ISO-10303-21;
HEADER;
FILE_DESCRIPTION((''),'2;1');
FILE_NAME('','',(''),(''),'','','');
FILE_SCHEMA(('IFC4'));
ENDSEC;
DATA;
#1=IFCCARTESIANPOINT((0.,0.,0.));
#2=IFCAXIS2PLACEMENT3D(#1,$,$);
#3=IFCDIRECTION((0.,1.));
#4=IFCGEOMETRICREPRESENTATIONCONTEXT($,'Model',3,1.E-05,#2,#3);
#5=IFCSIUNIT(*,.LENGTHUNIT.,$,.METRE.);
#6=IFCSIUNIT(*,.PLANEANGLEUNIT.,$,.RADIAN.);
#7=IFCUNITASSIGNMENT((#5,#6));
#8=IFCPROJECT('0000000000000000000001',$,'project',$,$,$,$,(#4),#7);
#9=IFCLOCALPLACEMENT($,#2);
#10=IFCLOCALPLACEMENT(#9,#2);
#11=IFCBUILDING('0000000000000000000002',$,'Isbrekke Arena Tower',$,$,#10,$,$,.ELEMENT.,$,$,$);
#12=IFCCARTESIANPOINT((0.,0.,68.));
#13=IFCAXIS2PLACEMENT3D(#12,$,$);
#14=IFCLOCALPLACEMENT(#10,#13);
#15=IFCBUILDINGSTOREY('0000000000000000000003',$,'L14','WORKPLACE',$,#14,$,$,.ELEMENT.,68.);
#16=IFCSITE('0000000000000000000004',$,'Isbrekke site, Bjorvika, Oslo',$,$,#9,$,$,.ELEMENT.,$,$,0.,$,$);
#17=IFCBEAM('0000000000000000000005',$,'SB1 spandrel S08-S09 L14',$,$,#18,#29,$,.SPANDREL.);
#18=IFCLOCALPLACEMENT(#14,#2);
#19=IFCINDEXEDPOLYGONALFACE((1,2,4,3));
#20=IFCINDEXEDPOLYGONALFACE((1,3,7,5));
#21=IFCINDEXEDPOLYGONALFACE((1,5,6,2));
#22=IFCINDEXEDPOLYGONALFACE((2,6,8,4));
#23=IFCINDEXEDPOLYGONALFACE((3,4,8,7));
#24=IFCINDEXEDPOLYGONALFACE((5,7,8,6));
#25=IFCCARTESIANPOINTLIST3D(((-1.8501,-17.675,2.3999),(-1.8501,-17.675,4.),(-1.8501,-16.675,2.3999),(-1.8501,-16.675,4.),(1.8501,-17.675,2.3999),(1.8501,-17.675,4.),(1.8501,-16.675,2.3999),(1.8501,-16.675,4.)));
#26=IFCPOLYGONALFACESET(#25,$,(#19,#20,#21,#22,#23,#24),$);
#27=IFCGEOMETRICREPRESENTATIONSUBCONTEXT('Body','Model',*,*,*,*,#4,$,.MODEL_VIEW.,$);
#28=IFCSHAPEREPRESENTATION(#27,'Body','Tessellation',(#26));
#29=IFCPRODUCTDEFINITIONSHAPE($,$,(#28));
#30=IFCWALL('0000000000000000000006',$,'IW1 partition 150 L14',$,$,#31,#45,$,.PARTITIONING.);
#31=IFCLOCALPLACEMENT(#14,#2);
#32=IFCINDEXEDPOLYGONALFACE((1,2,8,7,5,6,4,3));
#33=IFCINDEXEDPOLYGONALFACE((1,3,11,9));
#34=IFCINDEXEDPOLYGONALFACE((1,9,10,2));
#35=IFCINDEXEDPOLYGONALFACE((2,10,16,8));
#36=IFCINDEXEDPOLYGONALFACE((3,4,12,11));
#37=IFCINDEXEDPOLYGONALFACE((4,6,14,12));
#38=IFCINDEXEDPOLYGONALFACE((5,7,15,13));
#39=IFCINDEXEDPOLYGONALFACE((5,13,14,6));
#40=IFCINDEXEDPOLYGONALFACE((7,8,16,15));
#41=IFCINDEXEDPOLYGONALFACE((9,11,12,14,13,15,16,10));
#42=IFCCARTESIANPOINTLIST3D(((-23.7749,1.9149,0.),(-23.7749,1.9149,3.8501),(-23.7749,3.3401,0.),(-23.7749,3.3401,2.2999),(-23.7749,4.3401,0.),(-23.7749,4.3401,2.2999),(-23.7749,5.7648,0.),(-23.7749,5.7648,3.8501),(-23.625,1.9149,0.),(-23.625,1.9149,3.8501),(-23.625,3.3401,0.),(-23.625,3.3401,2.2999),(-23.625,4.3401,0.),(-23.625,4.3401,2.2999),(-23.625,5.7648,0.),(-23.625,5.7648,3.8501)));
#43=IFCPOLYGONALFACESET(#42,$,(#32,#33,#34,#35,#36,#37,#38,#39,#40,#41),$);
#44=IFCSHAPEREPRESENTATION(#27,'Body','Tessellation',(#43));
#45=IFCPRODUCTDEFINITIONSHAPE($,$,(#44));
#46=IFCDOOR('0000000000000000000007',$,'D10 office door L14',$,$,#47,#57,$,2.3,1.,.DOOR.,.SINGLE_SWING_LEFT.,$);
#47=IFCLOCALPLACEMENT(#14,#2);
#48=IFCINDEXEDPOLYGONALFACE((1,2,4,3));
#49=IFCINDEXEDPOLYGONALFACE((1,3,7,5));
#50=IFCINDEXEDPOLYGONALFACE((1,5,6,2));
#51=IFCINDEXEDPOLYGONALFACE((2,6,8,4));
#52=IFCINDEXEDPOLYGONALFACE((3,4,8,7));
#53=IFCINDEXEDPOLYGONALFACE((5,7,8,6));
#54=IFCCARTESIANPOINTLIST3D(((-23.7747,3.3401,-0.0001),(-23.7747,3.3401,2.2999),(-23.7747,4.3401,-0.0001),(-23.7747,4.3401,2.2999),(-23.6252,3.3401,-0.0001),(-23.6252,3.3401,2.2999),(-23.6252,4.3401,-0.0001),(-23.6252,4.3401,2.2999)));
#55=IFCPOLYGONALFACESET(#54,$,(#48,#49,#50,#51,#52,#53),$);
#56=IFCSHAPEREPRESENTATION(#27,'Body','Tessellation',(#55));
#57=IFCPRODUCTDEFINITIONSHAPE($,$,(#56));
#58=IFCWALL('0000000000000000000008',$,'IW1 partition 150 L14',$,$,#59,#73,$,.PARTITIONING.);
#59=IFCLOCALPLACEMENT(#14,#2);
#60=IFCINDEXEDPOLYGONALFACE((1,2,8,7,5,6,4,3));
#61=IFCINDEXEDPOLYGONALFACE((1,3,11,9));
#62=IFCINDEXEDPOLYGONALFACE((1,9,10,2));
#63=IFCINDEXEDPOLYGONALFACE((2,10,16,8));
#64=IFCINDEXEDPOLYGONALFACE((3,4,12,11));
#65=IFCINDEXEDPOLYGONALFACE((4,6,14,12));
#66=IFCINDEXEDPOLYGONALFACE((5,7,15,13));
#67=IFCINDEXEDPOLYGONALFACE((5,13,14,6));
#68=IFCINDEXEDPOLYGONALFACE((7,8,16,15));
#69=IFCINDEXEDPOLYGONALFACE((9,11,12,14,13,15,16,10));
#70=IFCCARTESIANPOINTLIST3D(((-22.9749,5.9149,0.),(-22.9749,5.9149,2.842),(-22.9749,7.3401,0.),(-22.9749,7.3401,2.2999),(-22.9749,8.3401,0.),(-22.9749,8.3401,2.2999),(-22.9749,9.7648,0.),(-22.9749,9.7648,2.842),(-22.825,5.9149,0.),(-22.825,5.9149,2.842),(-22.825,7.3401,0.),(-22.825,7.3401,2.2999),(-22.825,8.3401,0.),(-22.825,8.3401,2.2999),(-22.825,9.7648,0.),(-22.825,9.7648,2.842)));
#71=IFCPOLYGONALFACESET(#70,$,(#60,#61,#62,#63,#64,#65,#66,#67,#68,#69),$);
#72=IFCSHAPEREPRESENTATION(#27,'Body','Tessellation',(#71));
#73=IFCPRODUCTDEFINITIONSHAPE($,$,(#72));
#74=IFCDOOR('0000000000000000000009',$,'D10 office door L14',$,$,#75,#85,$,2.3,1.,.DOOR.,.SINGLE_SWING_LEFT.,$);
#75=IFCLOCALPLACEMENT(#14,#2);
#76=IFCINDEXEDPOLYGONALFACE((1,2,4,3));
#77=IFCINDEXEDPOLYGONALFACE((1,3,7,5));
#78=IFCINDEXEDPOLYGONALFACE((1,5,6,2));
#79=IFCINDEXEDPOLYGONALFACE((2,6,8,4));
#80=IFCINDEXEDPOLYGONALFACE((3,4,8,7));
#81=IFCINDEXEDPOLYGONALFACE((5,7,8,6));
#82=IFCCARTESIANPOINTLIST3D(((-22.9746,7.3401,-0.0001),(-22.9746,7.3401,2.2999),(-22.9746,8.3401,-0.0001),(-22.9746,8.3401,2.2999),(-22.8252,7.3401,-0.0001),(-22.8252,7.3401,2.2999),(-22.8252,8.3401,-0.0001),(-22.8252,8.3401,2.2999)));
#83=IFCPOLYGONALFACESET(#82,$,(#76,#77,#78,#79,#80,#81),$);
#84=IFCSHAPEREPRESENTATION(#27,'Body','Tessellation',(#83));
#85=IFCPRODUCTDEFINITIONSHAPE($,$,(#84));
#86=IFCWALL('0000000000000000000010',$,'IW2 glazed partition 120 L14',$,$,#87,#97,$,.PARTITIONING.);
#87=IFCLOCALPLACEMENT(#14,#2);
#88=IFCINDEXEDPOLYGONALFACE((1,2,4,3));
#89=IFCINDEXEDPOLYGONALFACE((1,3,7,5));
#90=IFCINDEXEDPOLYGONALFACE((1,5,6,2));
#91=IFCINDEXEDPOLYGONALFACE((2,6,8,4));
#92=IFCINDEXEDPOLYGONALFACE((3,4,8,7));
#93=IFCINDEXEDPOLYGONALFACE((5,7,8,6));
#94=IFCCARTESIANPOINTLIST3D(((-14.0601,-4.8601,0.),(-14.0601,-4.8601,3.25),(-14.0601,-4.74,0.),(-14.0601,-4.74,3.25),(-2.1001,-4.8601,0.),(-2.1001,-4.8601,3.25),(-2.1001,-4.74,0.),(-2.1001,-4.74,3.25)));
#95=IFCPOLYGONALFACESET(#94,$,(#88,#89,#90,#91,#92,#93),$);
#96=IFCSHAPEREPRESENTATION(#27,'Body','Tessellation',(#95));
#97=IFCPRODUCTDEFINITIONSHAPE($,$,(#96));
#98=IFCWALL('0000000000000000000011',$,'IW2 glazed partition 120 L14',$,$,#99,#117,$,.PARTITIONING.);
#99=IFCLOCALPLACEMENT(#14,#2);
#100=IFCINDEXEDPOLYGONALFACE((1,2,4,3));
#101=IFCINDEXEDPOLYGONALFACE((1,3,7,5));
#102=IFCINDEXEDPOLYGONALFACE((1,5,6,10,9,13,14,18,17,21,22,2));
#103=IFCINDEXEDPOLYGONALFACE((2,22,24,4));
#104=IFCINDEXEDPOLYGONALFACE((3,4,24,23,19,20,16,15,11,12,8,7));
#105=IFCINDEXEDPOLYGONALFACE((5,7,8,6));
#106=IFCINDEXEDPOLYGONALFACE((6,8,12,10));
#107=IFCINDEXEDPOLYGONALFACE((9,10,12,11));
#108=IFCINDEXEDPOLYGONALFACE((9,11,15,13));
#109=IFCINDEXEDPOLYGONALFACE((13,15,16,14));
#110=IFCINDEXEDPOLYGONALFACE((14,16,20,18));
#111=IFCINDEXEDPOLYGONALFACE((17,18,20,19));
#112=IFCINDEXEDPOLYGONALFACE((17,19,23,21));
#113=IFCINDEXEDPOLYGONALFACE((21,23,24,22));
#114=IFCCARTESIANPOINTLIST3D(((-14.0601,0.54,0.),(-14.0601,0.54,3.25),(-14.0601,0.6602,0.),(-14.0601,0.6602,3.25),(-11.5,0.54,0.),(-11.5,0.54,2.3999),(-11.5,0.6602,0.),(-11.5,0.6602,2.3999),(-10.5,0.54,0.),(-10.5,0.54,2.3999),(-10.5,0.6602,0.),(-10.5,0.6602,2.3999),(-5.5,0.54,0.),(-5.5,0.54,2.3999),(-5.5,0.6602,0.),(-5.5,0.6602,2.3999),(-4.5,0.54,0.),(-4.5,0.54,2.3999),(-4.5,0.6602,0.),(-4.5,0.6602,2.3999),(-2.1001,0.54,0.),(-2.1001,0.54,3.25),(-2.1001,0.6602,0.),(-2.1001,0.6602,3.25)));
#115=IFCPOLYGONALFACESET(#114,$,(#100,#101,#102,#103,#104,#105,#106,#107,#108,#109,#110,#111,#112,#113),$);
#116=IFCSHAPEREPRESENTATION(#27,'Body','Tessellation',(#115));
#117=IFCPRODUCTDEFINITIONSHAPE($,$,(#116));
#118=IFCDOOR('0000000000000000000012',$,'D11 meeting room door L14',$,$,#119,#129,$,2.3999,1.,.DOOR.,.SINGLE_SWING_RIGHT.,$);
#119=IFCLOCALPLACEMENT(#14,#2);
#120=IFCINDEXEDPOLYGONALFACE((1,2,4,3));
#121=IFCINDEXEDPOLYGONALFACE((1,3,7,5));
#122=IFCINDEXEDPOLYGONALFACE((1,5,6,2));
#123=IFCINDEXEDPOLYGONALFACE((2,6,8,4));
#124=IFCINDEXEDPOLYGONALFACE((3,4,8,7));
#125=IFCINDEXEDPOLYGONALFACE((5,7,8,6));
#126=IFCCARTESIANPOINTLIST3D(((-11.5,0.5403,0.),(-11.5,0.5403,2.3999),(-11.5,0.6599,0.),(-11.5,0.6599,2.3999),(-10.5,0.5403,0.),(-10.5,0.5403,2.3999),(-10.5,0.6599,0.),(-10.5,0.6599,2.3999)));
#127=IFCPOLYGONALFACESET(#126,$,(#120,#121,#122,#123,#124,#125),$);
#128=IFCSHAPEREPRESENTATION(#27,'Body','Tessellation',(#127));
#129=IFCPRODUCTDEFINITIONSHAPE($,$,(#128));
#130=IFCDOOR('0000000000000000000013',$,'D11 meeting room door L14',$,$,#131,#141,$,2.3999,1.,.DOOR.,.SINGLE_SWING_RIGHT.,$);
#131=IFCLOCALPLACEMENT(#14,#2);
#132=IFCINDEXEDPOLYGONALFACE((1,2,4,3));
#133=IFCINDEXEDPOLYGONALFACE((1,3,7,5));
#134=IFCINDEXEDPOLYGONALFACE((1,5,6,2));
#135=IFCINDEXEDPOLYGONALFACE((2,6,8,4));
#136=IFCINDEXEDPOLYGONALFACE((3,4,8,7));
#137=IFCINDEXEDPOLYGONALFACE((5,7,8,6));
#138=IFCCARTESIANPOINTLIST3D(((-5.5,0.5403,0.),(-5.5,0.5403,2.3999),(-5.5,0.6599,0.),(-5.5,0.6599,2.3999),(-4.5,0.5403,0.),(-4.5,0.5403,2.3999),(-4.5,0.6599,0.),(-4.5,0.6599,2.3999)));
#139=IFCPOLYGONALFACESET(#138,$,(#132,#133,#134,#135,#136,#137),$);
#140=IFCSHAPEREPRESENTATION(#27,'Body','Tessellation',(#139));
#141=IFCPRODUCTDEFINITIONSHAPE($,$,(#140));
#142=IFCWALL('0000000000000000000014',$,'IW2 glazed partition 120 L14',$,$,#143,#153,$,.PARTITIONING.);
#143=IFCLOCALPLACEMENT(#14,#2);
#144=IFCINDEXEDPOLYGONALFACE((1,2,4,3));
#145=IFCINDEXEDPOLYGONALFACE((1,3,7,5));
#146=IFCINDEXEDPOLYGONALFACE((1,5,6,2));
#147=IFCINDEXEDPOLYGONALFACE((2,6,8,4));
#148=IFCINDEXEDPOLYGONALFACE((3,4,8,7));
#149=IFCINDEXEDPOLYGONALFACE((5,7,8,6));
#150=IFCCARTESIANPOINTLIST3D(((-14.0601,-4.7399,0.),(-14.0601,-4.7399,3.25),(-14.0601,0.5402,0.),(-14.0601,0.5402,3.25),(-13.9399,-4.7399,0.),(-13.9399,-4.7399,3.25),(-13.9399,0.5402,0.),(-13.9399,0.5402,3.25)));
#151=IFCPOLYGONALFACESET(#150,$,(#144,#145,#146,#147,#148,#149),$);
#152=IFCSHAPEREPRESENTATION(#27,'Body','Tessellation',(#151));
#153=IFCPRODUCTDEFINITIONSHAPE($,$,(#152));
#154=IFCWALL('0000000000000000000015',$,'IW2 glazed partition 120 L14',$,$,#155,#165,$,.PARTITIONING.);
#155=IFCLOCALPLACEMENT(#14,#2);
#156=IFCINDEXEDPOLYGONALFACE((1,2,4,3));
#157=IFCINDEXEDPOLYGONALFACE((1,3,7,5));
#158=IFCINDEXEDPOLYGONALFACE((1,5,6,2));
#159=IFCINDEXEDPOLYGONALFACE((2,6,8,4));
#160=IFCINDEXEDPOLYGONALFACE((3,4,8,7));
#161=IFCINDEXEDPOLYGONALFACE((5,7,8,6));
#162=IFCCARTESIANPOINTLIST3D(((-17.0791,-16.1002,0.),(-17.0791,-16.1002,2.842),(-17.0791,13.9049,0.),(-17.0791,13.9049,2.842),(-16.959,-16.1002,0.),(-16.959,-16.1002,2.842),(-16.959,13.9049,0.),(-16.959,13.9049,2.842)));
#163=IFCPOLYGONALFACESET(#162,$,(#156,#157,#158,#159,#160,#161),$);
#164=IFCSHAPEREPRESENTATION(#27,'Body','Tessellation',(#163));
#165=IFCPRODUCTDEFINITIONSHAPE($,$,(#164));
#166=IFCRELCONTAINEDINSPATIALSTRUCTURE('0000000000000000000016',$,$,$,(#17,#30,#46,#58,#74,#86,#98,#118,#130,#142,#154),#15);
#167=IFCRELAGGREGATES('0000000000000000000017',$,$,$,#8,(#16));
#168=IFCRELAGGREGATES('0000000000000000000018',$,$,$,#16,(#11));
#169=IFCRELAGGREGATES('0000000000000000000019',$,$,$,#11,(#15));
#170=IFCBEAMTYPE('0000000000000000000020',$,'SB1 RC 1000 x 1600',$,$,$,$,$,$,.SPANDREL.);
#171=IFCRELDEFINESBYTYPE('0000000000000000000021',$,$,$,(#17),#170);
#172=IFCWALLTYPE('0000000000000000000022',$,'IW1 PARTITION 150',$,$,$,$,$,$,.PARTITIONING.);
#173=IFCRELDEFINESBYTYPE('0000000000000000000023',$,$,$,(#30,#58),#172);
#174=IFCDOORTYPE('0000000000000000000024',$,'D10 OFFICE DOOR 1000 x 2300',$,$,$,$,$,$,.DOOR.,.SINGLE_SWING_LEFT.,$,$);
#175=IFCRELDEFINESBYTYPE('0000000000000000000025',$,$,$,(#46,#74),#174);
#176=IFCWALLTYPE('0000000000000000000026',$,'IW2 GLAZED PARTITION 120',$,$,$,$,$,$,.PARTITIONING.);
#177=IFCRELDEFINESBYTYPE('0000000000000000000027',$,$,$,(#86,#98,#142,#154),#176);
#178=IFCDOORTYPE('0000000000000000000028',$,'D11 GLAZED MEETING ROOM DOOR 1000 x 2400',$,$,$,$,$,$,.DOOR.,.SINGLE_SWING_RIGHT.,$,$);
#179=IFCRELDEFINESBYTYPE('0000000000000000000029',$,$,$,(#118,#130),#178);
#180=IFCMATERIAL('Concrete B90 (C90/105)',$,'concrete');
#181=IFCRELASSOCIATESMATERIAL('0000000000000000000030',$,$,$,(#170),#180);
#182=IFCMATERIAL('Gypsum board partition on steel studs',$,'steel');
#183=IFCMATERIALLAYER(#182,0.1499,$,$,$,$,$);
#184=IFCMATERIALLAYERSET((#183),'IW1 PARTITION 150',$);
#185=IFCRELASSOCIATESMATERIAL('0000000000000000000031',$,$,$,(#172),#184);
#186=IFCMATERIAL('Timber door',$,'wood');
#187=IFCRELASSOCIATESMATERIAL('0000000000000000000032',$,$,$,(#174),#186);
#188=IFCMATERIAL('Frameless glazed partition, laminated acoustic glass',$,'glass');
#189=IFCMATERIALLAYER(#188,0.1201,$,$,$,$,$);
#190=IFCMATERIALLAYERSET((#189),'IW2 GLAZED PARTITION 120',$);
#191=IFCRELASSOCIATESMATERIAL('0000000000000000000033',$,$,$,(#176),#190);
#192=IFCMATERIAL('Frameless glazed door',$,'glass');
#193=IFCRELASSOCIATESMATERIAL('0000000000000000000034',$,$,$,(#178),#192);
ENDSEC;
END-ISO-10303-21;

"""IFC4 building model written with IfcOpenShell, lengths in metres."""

from ifc_helpers import new_model, si_unit, direction, frame, frame_2d, origin, origin_2d, place, context, subcontext, project, spatial, rectangle, extrude, material, layer, layer_set, material_profile, profile_set, type_object, element, fill, save


model = new_model("IFC4")

# Units and contexts
model_context = context("Model", 3, precision=1e-05, world=origin(), true_north=direction((0.0, 1.0)))
body_context = subcontext(model_context, "Body", "Model", "MODEL_VIEW")
ifc_project = project(units=[si_unit("LENGTHUNIT", "METRE"), si_unit("PLANEANGLEUNIT", "RADIAN")], contexts=[model_context])

# Site, building, storey
site_placement = place(None, origin())
site = spatial("IfcSite", under=ifc_project, at=site_placement, Name="Isbrekke site, Bjorvika, Oslo", CompositionType="ELEMENT", RefElevation=0.0)
building_placement = place(site_placement, origin())
building = spatial("IfcBuilding", under=site, at=building_placement, Name="Isbrekke Arena Tower", CompositionType="ELEMENT")
storey_placement = place(building_placement, frame((0.0, 0.0, 68.0)))
storey = spatial("IfcBuildingStorey", under=building, at=storey_placement, Name="L14", Description="WORKPLACE", CompositionType="ELEMENT", Elevation=68.0)

# Beam
ifc_material_1 = material(Name="Concrete B90 (C90/105)", Category="concrete")
ifc_material_profile_1 = material_profile(ifc_material_1, rectangle(XDim=1.0, YDim=1.6001, at=origin_2d()), Name="RC 1000x1600")
ifc_profile_set_1 = profile_set([ifc_material_profile_1], Name="Concrete B90 (C90/105)")
beam_type_1 = type_object("IfcBeamType", Name="SB1 RC 1000 x 1600", PredefinedType="SPANDREL", material=ifc_profile_set_1)
beam_1_placement = place(storey_placement, frame((-1.8501, -17.175, 3.2), z_axis=(1.0, 0.0, 0.0), x_axis=(0.0, 1.0, 0.0)))
element("IfcBeam", 1, at=beam_1_placement, inside=storey, type_object=beam_type_1, Name="SB1 spandrel S08-S09 L14", PredefinedType="SPANDREL", context=body_context, shape_type="SweptSolid", body=[
    extrude(rectangle(XDim=1.0, YDim=1.6001, at=origin_2d()), origin(), (0.0, 0.0, 1.0), 3.7002),
])

# Walls, openings, doors
ifc_material_2 = material(Name="Gypsum board partition on steel studs", Category="steel")
ifc_layer_1 = layer(ifc_material_2, 0.1499)
ifc_layer_set_1 = layer_set([ifc_layer_1], Name="IW1 PARTITION 150")
wall_type_1 = type_object("IfcWallType", Name="IW1 PARTITION 150", PredefinedType="PARTITIONING", material=ifc_layer_set_1)
wall_1_placement = place(storey_placement, frame((-23.7, 1.915, 0.0), z_axis=(0.0, 0.0, 1.0), x_axis=(0.0, 1.0, 0.0)))
wall_1 = element("IfcWall", 2, at=wall_1_placement, inside=storey, type_object=wall_type_1, Name="IW1 partition 150 L14", PredefinedType="PARTITIONING", context=body_context, shape_type="SweptSolid", body=[
    extrude(rectangle(XDim=3.8499, YDim=0.1499, at=frame_2d((1.9248, 0.0))), origin(), (0.0, 0.0, 1.0), 3.8501),
])
opening_1_placement = place(wall_1_placement, frame((1.425, 0.0, 0.0)))
opening_1 = element("IfcOpeningElement", 3, at=opening_1_placement, cuts=wall_1, PredefinedType="OPENING", context=body_context, shape_type="SweptSolid", body=[
    extrude(rectangle(XDim=1.0, YDim=2.3, at=frame_2d((0.5, 1.1499))), frame((0.0, 0.0898, 0.0), z_axis=(0.0, -1.0, 0.0), x_axis=(1.0, 0.0, 0.0)), (0.0, 0.0, 1.0), 0.1797),
])
ifc_material_3 = material(Name="Timber door", Category="wood")
door_type_1 = type_object("IfcDoorType", Name="D10 OFFICE DOOR 1000 x 2300", OperationType="SINGLE_SWING_LEFT", PredefinedType="DOOR", material=ifc_material_3)
door_1_placement = place(opening_1_placement, origin())
door_1 = element("IfcDoor", 4, at=door_1_placement, inside=storey, type_object=door_type_1, Name="D10 office door L14", OperationType="SINGLE_SWING_LEFT", OverallHeight=2.3, OverallWidth=1.0, PredefinedType="DOOR", context=body_context, shape_type="SweptSolid", body=[
    extrude(rectangle(XDim=1.0, YDim=2.3, at=frame_2d((0.5, 1.1499))), frame((0.0, 0.0747, 0.0), z_axis=(0.0, -1.0, 0.0), x_axis=(1.0, 0.0, 0.0)), (0.0, 0.0, 1.0), 0.1494),
])
fill(opening_1, door_1)
wall_2_placement = place(storey_placement, frame((-22.8999, 5.915, 0.0), z_axis=(0.0, 0.0, 1.0), x_axis=(0.0, 1.0, 0.0)))
wall_2 = element("IfcWall", 5, at=wall_2_placement, inside=storey, type_object=wall_type_1, Name="IW1 partition 150 L14", PredefinedType="PARTITIONING", context=body_context, shape_type="SweptSolid", body=[
    extrude(rectangle(XDim=3.8499, YDim=0.1499, at=frame_2d((1.9248, 0.0))), origin(), (0.0, 0.0, 1.0), 2.842),
])
opening_2_placement = place(wall_2_placement, frame((1.425, 0.0, 0.0)))
opening_2 = element("IfcOpeningElement", 6, at=opening_2_placement, cuts=wall_2, PredefinedType="OPENING", context=body_context, shape_type="SweptSolid", body=[
    extrude(rectangle(XDim=1.0, YDim=2.3, at=frame_2d((0.5, 1.1499))), frame((0.0, 0.0898, 0.0), z_axis=(0.0, -1.0, 0.0), x_axis=(1.0, 0.0, 0.0)), (0.0, 0.0, 1.0), 0.1797),
])
door_2_placement = place(opening_2_placement, origin())
door_2 = element("IfcDoor", 7, at=door_2_placement, inside=storey, type_object=door_type_1, Name="D10 office door L14", OperationType="SINGLE_SWING_LEFT", OverallHeight=2.3, OverallWidth=1.0, PredefinedType="DOOR", context=body_context, shape_type="SweptSolid", body=[
    extrude(rectangle(XDim=1.0, YDim=2.3, at=frame_2d((0.5, 1.1499))), frame((0.0, 0.0747, 0.0), z_axis=(0.0, -1.0, 0.0), x_axis=(1.0, 0.0, 0.0)), (0.0, 0.0, 1.0), 0.1494),
])
fill(opening_2, door_2)

# Wall
ifc_material_4 = material(Name="Frameless glazed partition, laminated acoustic glass", Category="glass")
ifc_layer_2 = layer(ifc_material_4, 0.1201)
ifc_layer_set_2 = layer_set([ifc_layer_2], Name="IW2 GLAZED PARTITION 120")
wall_type_2 = type_object("IfcWallType", Name="IW2 GLAZED PARTITION 120", PredefinedType="PARTITIONING", material=ifc_layer_set_2)
wall_3_placement = place(storey_placement, frame((-14.0601, -4.8, 0.0), z_axis=(0.0, 0.0, 1.0), x_axis=(1.0, 0.0, 0.0)))
element("IfcWall", 8, at=wall_3_placement, inside=storey, type_object=wall_type_2, Name="IW2 glazed partition 120 L14", PredefinedType="PARTITIONING", context=body_context, shape_type="SweptSolid", body=[
    extrude(rectangle(XDim=11.96, YDim=0.1201, at=frame_2d((5.98, 0.0))), origin(), (0.0, 0.0, 1.0), 3.25),
])

# Wall, openings, doors
wall_4_placement = place(storey_placement, frame((-14.0601, 0.6001, 0.0), z_axis=(0.0, 0.0, 1.0), x_axis=(1.0, 0.0, 0.0)))
wall_4 = element("IfcWall", 9, at=wall_4_placement, inside=storey, type_object=wall_type_2, Name="IW2 glazed partition 120 L14", PredefinedType="PARTITIONING", context=body_context, shape_type="SweptSolid", body=[
    extrude(rectangle(XDim=11.96, YDim=0.1201, at=frame_2d((5.98, 0.0))), origin(), (0.0, 0.0, 1.0), 3.25),
])
opening_3_placement = place(wall_4_placement, frame((2.5601, 0.0, 0.0)))
opening_3 = element("IfcOpeningElement", 10, at=opening_3_placement, cuts=wall_4, PredefinedType="OPENING", context=body_context, shape_type="SweptSolid", body=[
    extrude(rectangle(XDim=1.0, YDim=2.3999, at=frame_2d((0.5, 1.2))), frame((0.0, 0.075, 0.0), z_axis=(0.0, -1.0, 0.0), x_axis=(1.0, 0.0, 0.0)), (0.0, 0.0, 1.0), 0.1499),
])
opening_4_placement = place(wall_4_placement, frame((8.5601, 0.0, 0.0)))
opening_4 = element("IfcOpeningElement", 11, at=opening_4_placement, cuts=wall_4, PredefinedType="OPENING", context=body_context, shape_type="SweptSolid", body=[
    extrude(rectangle(XDim=1.0, YDim=2.3999, at=frame_2d((0.5, 1.2))), frame((0.0, 0.075, 0.0), z_axis=(0.0, -1.0, 0.0), x_axis=(1.0, 0.0, 0.0)), (0.0, 0.0, 1.0), 0.1499),
])
ifc_material_5 = material(Name="Frameless glazed door", Category="glass")
door_type_2 = type_object("IfcDoorType", Name="D11 GLAZED MEETING ROOM DOOR 1000 x 2400", OperationType="SINGLE_SWING_RIGHT", PredefinedType="DOOR", material=ifc_material_5)
door_3_placement = place(opening_3_placement, origin())
door_3 = element("IfcDoor", 12, at=door_3_placement, inside=storey, type_object=door_type_2, Name="D11 meeting room door L14", OperationType="SINGLE_SWING_RIGHT", OverallHeight=2.3999, OverallWidth=1.0, PredefinedType="DOOR", context=body_context, shape_type="SweptSolid", body=[
    extrude(rectangle(XDim=1.0, YDim=2.3999, at=frame_2d((0.5, 1.2))), frame((0.0, 0.0598, 0.0), z_axis=(0.0, -1.0, 0.0), x_axis=(1.0, 0.0, 0.0)), (0.0, 0.0, 1.0), 0.1196),
])
fill(opening_3, door_3)
door_4_placement = place(opening_4_placement, origin())
door_4 = element("IfcDoor", 13, at=door_4_placement, inside=storey, type_object=door_type_2, Name="D11 meeting room door L14", OperationType="SINGLE_SWING_RIGHT", OverallHeight=2.3999, OverallWidth=1.0, PredefinedType="DOOR", context=body_context, shape_type="SweptSolid", body=[
    extrude(rectangle(XDim=1.0, YDim=2.3999, at=frame_2d((0.5, 1.2))), frame((0.0, 0.0598, 0.0), z_axis=(0.0, -1.0, 0.0), x_axis=(1.0, 0.0, 0.0)), (0.0, 0.0, 1.0), 0.1196),
])
fill(opening_4, door_4)

# Walls
wall_5_placement = place(storey_placement, frame((-14.0, -4.74, 0.0), z_axis=(0.0, 0.0, 1.0), x_axis=(0.0, 1.0, 0.0)))
element("IfcWall", 14, at=wall_5_placement, inside=storey, type_object=wall_type_2, Name="IW2 glazed partition 120 L14", PredefinedType="PARTITIONING", context=body_context, shape_type="SweptSolid", body=[
    extrude(rectangle(XDim=5.28, YDim=0.1201, at=frame_2d((2.6401, 0.0))), origin(), (0.0, 0.0, 1.0), 3.25),
])
wall_6_placement = place(storey_placement, frame((-17.019, -16.1001, 0.0), z_axis=(0.0, 0.0, 1.0), x_axis=(0.0, 1.0, 0.0)))
element("IfcWall", 15, at=wall_6_placement, inside=storey, type_object=wall_type_2, Name="IW2 glazed partition 120 L14", PredefinedType="PARTITIONING", context=body_context, shape_type="SweptSolid", body=[
    extrude(rectangle(XDim=30.0051, YDim=0.1201, at=frame_2d((15.0024, 0.0))), origin(), (0.0, 0.0, 1.0), 2.842),
])

save(model, "model.ifc")
